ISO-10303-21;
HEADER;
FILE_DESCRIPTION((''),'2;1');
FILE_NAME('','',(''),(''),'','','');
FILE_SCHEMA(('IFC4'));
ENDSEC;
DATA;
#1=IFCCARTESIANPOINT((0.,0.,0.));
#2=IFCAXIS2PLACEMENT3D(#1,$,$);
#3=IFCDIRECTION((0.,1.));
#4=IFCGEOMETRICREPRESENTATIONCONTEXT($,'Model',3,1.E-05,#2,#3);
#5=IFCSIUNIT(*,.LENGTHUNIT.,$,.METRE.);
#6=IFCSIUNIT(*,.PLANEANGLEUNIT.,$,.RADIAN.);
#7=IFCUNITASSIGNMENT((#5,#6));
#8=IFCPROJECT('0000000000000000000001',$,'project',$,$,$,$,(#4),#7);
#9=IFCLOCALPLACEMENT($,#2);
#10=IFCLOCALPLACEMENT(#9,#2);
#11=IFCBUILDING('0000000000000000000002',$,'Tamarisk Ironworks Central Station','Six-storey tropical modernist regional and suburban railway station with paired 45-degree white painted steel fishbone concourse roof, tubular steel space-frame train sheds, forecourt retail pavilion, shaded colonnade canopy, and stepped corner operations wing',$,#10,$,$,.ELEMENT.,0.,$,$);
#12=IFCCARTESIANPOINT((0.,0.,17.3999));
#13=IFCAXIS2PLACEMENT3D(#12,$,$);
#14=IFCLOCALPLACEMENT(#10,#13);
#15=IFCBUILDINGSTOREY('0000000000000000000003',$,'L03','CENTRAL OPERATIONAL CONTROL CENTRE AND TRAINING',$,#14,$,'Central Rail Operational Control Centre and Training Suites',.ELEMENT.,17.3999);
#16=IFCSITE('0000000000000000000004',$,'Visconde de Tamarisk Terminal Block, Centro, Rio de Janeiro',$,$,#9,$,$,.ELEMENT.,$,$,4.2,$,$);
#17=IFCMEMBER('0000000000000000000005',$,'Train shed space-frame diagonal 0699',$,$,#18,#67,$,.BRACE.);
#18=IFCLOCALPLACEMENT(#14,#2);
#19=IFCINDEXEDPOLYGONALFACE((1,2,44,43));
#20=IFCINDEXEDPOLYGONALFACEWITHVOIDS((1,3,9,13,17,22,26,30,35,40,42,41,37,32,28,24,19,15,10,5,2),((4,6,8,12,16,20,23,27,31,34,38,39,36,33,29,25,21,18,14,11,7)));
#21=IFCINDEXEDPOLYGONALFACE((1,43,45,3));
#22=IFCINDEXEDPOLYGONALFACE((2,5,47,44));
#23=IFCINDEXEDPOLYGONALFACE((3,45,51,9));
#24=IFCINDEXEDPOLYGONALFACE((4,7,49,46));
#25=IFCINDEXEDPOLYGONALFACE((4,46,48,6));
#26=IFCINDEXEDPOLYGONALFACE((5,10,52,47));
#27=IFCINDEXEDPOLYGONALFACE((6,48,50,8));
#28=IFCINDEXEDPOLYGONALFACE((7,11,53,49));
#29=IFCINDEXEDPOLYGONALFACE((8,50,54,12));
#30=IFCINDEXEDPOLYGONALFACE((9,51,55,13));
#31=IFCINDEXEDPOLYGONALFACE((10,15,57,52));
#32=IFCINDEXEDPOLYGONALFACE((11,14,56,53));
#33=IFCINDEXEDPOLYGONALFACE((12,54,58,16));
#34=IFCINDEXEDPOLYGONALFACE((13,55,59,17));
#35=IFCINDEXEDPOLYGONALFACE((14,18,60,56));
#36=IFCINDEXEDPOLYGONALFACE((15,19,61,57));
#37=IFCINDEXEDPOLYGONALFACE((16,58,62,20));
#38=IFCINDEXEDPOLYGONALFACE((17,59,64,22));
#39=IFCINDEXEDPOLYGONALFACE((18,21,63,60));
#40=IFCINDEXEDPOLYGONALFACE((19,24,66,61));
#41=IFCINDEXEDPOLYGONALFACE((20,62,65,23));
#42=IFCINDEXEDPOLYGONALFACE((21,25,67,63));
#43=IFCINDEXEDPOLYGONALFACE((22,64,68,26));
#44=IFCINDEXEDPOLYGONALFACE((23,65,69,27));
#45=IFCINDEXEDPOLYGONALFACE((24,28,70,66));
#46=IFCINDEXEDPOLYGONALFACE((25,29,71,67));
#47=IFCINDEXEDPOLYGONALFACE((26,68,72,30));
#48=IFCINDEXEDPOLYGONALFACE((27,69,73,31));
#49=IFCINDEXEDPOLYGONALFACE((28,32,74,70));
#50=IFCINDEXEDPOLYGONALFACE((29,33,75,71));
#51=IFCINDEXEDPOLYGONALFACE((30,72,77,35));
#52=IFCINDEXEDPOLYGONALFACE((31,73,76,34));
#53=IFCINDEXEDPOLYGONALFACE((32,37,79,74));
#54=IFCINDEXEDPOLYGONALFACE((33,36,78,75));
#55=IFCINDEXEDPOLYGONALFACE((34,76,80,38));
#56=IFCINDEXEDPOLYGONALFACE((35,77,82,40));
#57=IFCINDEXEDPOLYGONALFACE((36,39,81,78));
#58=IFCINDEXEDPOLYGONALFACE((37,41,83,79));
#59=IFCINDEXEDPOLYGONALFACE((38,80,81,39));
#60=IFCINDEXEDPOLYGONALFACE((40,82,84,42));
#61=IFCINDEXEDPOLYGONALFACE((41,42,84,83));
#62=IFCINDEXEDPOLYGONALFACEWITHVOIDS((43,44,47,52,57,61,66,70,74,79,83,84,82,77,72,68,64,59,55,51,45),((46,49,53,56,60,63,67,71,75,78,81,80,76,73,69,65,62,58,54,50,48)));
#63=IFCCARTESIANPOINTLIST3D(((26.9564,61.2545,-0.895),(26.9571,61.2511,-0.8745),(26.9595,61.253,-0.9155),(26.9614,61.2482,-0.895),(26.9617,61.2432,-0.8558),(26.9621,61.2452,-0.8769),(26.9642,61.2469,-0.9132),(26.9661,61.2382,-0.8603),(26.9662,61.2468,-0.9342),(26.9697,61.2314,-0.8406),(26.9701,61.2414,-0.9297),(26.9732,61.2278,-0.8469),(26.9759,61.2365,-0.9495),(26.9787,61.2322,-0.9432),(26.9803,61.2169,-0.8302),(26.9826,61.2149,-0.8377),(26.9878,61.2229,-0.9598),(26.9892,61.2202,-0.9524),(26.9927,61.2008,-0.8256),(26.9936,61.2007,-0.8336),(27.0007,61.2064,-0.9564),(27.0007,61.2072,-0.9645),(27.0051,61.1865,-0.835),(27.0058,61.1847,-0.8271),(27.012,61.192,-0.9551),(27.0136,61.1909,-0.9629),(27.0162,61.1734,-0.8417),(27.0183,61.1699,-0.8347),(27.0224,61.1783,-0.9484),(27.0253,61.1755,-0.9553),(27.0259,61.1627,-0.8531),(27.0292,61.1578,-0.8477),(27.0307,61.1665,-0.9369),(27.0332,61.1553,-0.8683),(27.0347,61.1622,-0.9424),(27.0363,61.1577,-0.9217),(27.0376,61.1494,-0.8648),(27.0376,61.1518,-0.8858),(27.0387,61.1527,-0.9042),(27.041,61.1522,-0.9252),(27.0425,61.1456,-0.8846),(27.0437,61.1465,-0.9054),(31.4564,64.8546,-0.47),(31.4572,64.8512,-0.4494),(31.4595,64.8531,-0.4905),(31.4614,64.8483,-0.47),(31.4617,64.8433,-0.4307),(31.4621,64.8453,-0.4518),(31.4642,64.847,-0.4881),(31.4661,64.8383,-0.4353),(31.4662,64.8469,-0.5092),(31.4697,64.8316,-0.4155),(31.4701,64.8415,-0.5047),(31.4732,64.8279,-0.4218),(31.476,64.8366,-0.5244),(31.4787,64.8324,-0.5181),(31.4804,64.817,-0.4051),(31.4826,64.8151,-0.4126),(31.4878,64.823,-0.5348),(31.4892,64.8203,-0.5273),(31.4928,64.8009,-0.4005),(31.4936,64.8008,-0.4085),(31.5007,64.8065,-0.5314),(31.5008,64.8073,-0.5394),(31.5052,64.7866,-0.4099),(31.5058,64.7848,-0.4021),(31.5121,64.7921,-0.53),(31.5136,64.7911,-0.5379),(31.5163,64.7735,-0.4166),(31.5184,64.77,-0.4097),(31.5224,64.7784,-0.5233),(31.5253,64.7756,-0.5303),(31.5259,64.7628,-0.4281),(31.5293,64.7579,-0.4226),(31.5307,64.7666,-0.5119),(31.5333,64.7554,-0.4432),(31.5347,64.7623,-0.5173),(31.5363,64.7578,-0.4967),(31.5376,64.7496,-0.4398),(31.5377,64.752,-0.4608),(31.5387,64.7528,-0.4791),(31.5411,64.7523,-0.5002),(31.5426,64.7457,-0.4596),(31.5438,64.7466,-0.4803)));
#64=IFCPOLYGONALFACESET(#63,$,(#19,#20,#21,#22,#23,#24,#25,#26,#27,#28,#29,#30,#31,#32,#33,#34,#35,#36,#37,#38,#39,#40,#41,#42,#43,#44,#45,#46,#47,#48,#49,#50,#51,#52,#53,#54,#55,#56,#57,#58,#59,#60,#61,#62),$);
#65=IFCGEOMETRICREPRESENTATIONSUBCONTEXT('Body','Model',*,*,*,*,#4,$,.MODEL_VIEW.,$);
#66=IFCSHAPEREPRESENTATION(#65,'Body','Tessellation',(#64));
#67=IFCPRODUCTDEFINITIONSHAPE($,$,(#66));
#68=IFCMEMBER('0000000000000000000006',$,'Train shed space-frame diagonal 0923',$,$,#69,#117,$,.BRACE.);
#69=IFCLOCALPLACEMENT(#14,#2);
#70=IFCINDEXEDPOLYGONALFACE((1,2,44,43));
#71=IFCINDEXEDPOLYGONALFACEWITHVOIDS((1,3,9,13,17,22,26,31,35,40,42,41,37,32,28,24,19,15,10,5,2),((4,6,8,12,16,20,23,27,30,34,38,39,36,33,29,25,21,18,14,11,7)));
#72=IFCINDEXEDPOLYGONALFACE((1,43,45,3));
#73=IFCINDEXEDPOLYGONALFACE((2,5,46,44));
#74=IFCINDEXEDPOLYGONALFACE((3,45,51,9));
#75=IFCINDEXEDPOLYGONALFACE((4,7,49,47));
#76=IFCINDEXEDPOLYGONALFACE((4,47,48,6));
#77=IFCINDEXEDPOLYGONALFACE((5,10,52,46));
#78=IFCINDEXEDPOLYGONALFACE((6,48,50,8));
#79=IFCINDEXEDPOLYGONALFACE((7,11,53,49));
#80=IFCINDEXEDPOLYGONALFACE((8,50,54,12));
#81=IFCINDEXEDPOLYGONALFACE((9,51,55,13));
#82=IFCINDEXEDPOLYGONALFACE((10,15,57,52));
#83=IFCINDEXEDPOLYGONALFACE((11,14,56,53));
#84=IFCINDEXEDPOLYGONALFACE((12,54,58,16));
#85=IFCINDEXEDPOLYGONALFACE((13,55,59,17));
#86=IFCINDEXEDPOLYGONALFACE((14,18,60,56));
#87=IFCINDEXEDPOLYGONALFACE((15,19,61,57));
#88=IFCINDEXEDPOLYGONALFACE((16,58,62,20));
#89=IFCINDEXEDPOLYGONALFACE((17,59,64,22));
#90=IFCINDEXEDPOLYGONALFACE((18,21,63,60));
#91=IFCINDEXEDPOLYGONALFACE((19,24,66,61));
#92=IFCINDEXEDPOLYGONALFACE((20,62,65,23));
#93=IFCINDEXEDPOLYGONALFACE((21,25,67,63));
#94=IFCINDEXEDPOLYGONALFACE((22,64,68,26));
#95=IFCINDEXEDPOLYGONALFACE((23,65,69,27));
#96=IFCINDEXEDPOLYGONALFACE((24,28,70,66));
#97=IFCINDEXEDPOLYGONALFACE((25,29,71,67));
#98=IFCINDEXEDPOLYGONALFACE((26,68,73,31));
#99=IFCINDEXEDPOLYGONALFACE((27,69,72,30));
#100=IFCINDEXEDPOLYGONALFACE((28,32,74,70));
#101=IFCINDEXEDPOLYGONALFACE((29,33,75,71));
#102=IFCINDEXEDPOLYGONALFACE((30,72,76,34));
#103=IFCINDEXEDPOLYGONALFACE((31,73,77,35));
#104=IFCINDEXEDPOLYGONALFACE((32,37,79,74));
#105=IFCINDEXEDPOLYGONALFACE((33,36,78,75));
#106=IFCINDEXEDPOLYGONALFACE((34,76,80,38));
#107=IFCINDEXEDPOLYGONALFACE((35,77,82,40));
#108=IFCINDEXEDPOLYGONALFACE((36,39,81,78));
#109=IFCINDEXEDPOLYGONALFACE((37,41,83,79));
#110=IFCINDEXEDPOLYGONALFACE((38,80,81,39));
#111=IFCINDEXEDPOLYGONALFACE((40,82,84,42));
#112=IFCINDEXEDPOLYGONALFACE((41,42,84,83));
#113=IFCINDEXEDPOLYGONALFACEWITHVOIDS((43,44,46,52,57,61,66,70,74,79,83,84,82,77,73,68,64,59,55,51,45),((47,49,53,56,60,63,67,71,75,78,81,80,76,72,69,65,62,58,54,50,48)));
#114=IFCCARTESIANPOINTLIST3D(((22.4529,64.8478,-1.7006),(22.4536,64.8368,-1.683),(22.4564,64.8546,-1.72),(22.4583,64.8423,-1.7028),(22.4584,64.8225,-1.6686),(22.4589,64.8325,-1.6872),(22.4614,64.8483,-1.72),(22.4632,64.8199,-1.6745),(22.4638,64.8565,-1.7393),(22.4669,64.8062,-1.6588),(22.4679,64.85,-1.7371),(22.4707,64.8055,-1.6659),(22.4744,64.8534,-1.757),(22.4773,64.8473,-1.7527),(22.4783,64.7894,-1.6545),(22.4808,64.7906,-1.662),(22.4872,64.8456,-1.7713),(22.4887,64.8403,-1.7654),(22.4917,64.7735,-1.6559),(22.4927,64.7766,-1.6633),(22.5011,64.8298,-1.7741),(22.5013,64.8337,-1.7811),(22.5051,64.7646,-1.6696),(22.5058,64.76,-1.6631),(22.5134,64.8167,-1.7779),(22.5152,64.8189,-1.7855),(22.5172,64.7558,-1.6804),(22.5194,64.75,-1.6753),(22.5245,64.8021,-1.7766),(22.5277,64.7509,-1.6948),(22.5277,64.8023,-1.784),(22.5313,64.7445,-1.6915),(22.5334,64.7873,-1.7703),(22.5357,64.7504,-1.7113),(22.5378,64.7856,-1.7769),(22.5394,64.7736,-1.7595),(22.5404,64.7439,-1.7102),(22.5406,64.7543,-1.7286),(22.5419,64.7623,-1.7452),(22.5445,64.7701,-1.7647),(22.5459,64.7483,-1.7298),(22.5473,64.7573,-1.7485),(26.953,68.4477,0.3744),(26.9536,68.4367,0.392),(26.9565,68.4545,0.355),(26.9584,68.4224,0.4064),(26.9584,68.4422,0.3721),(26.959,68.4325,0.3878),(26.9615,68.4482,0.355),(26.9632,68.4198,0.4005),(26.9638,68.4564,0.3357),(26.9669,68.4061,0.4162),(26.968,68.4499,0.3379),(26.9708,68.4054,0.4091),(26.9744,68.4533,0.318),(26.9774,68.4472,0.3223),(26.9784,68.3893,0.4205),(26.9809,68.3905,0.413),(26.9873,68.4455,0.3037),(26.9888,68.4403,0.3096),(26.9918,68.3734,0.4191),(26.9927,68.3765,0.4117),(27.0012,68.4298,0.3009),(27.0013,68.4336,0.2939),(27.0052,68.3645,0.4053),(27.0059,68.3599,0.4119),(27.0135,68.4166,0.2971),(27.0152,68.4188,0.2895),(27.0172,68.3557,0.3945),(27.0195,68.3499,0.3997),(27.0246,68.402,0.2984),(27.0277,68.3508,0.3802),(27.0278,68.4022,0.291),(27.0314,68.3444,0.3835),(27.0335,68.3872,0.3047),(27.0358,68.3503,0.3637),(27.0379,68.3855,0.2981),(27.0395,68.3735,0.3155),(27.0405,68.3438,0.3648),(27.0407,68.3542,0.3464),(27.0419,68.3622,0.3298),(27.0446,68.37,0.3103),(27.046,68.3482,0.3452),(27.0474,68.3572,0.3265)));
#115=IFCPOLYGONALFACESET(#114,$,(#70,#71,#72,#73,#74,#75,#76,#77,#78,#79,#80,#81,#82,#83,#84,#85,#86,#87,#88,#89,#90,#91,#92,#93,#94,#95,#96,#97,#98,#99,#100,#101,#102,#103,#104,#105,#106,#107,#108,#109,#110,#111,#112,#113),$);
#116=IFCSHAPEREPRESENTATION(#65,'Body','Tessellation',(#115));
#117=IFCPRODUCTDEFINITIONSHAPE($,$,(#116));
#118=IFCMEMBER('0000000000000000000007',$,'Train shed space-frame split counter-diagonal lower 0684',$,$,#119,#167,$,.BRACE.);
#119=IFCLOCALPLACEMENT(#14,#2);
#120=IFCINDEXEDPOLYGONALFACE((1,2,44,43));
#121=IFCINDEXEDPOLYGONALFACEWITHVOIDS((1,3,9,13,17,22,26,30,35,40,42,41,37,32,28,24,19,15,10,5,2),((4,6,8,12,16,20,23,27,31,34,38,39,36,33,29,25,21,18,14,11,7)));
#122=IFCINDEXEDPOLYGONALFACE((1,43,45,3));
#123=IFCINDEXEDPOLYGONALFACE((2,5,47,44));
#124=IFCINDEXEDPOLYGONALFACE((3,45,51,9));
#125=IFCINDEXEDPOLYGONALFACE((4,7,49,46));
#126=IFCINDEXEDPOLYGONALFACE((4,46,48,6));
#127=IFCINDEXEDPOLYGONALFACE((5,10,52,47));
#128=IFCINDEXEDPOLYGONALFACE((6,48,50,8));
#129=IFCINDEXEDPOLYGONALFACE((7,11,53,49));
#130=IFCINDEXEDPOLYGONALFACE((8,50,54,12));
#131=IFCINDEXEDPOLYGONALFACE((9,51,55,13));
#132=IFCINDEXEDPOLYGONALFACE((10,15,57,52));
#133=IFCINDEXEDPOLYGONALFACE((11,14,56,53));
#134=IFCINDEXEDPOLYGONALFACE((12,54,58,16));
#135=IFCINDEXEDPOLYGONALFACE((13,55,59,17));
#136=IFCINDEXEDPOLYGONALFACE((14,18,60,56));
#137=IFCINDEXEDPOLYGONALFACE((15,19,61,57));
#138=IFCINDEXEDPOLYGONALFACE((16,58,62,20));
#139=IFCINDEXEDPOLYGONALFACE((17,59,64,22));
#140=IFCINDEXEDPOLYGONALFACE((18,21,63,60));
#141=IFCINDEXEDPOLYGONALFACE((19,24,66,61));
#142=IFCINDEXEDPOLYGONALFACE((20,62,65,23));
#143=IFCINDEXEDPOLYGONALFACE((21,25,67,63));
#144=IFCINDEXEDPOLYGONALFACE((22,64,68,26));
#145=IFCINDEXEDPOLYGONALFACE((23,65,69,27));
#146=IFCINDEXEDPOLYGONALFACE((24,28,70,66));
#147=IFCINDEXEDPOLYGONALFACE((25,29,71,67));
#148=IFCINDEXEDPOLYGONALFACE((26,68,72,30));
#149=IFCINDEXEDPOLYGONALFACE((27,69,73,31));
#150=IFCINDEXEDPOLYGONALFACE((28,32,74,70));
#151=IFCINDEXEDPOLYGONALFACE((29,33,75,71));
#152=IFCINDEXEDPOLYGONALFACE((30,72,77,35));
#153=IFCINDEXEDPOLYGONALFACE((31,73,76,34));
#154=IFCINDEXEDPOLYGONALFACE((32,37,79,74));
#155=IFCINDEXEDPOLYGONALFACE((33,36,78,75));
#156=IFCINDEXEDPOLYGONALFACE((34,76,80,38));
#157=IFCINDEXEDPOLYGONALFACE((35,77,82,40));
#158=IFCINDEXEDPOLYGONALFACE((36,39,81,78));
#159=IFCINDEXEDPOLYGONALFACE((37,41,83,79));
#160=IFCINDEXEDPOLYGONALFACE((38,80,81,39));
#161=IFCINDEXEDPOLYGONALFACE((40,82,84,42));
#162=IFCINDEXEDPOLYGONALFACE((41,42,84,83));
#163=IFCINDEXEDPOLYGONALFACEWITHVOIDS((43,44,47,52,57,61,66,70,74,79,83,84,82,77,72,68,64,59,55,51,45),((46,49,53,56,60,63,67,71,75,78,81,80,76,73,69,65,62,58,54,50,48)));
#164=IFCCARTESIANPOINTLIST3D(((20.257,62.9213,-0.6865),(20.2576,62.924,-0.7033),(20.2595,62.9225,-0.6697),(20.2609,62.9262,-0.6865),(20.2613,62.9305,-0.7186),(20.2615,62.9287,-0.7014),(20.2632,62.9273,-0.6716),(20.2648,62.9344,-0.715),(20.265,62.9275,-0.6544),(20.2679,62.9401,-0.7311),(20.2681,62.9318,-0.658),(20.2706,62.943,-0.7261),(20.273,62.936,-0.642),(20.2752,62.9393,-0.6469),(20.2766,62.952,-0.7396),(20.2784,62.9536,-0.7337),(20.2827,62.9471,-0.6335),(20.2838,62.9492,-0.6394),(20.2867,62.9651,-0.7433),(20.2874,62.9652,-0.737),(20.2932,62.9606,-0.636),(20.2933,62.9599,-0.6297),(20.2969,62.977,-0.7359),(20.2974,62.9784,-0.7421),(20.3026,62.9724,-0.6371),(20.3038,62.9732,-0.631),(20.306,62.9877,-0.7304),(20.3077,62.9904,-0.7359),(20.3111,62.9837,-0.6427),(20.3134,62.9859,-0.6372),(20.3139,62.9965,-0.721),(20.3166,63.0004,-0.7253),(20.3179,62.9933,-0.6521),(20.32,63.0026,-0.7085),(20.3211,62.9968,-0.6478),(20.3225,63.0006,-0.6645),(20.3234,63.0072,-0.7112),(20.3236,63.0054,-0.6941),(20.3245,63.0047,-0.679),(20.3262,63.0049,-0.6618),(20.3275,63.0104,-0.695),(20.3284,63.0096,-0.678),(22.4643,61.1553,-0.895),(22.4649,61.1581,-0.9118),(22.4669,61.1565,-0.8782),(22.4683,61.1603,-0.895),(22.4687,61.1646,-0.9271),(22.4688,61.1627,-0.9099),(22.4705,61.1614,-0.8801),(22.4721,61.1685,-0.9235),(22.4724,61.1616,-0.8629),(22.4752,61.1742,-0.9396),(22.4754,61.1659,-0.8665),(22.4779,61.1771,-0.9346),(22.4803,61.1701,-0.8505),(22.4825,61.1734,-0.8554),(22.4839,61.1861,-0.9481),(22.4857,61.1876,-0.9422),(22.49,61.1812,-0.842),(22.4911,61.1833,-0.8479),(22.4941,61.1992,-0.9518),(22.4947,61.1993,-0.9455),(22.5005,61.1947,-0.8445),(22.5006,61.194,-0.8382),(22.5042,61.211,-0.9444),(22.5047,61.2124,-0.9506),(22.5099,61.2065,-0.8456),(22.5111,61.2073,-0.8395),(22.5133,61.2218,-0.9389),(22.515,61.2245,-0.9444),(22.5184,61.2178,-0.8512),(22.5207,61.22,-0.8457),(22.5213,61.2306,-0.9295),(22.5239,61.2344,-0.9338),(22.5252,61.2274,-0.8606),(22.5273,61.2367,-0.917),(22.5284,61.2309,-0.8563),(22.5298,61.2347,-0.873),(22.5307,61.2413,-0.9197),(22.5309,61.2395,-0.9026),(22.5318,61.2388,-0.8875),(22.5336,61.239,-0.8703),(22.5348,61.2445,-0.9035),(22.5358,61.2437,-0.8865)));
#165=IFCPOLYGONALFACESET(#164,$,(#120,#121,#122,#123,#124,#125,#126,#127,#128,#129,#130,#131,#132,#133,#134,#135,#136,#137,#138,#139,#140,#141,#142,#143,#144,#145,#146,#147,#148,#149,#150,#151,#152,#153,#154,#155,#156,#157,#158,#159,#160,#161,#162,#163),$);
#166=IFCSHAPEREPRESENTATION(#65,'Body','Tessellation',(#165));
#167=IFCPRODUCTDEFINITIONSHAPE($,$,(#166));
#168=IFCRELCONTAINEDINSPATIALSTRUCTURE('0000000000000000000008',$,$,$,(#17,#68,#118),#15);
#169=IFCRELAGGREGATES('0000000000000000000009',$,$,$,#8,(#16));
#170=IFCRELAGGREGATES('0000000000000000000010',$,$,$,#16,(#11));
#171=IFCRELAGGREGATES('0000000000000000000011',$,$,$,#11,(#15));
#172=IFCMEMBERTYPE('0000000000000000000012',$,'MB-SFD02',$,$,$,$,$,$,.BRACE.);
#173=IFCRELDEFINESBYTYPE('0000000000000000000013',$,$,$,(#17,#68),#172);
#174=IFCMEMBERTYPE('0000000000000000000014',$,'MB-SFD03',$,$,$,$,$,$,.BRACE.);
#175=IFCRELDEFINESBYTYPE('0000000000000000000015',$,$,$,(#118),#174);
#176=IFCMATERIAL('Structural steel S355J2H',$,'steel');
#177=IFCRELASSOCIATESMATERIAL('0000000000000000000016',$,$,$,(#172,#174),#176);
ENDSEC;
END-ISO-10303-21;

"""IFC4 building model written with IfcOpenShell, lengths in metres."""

from ifc_helpers import new_model, si_unit, direction, frame, origin, origin_2d, place, context, subcontext, project, spatial, hollow_circle, extrude, material, material_profile, profile_set, type_object, element, save


model = new_model("IFC4")

# Units and contexts
model_context = context("Model", 3, precision=1e-05, world=origin(), true_north=direction((0.0, 1.0)))
body_context = subcontext(model_context, "Body", "Model", "MODEL_VIEW")
ifc_project = project(units=[si_unit("LENGTHUNIT", "METRE"), si_unit("PLANEANGLEUNIT", "RADIAN")], contexts=[model_context])

# Site, building, storey
site_placement = place(None, origin())
site = spatial("IfcSite", under=ifc_project, at=site_placement, Name="Visconde de Tamarisk Terminal Block, Centro, Rio de Janeiro", CompositionType="ELEMENT", RefElevation=4.2)
building_placement = place(site_placement, origin())
building = spatial("IfcBuilding", under=site, at=building_placement, Name="Tamarisk Ironworks Central Station", Description="Six-storey tropical modernist regional and suburban railway station with paired 45-degree white painted steel fishbone concourse roof, tubular steel space-frame train sheds, forecourt retail pavilion, shaded colonnade canopy, and stepped corner operations wing", CompositionType="ELEMENT", ElevationOfRefHeight=0.0)
storey_placement = place(building_placement, frame((0.0, 0.0, 17.3999)))
storey = spatial("IfcBuildingStorey", under=building, at=storey_placement, Name="L03", Description="CENTRAL OPERATIONAL CONTROL CENTRE AND TRAINING", LongName="Central Rail Operational Control Centre and Training Suites", CompositionType="ELEMENT", Elevation=17.3999)

# Members
ifc_material_1 = material(Name="Structural steel S355J2H", Category="steel")
ifc_material_profile_1 = material_profile(ifc_material_1, hollow_circle(Radius=0.0698, WallThickness=0.0081, at=origin_2d()), Name="CHS 139.7x8")
ifc_profile_set_1 = profile_set([ifc_material_profile_1], Name="Structural steel S355J2H")
member_type_1 = type_object("IfcMemberType", Name="MB-SFD02", PredefinedType="BRACE", material=ifc_profile_set_1)
member_1_placement = place(storey_placement, frame((27.0, 61.2, -0.895), z_axis=(0.778745, 0.623013, 0.073557), x_axis=(-0.624705, 0.780861, 0.0)))
element("IfcMember", 1, at=member_1_placement, inside=storey, type_object=member_type_1, Name="Train shed space-frame diagonal 0699", PredefinedType="BRACE", context=body_context, shape_type="SweptSolid", body=[
    extrude(hollow_circle(Radius=0.0698, WallThickness=0.0081, at=origin_2d()), origin(), (0.0, 0.0, 1.0), 5.7786),
])
member_2_placement = place(storey_placement, frame((22.5, 64.8, -1.72), z_axis=(0.734706, 0.587741, 0.338773), x_axis=(-0.62468, 0.780881, 0.0)))
element("IfcMember", 2, at=member_2_placement, inside=storey, type_object=member_type_1, Name="Train shed space-frame diagonal 0923", PredefinedType="BRACE", context=body_context, shape_type="SweptSolid", body=[
    extrude(hollow_circle(Radius=0.0698, WallThickness=0.0081, at=origin_2d()), origin(), (0.0, 0.0, 1.0), 6.125),
])
ifc_material_profile_2 = material_profile(ifc_material_1, hollow_circle(Radius=0.0571, WallThickness=0.0063, at=origin_2d()), Name="CHS 114.3x6.3")
ifc_profile_set_2 = profile_set([ifc_material_profile_2], Name="Structural steel S355J2H")
member_type_2 = type_object("IfcMemberType", Name="MB-SFD03", PredefinedType="BRACE", material=ifc_profile_set_2)
for number, where, z_axis, x_axis, name in (
    (3, (22.5, 61.2, -0.895), (-0.778745, 0.623013, 0.073559), (-0.624706, -0.78086, 0.0), "Train shed space-frame split counter-diagonal lower 0684"),
):
    element("IfcMember", number, at=place(storey_placement, frame(where, z_axis=z_axis, x_axis=x_axis)), inside=storey, type_object=member_type_2, Name=name, PredefinedType="BRACE", context=body_context, shape_type="SweptSolid", body=[
        extrude(hollow_circle(Radius=0.0571, WallThickness=0.0063, at=origin_2d()), origin(), (0.0, 0.0, 1.0), 2.8345),
    ])

save(model, "model.ifc")
